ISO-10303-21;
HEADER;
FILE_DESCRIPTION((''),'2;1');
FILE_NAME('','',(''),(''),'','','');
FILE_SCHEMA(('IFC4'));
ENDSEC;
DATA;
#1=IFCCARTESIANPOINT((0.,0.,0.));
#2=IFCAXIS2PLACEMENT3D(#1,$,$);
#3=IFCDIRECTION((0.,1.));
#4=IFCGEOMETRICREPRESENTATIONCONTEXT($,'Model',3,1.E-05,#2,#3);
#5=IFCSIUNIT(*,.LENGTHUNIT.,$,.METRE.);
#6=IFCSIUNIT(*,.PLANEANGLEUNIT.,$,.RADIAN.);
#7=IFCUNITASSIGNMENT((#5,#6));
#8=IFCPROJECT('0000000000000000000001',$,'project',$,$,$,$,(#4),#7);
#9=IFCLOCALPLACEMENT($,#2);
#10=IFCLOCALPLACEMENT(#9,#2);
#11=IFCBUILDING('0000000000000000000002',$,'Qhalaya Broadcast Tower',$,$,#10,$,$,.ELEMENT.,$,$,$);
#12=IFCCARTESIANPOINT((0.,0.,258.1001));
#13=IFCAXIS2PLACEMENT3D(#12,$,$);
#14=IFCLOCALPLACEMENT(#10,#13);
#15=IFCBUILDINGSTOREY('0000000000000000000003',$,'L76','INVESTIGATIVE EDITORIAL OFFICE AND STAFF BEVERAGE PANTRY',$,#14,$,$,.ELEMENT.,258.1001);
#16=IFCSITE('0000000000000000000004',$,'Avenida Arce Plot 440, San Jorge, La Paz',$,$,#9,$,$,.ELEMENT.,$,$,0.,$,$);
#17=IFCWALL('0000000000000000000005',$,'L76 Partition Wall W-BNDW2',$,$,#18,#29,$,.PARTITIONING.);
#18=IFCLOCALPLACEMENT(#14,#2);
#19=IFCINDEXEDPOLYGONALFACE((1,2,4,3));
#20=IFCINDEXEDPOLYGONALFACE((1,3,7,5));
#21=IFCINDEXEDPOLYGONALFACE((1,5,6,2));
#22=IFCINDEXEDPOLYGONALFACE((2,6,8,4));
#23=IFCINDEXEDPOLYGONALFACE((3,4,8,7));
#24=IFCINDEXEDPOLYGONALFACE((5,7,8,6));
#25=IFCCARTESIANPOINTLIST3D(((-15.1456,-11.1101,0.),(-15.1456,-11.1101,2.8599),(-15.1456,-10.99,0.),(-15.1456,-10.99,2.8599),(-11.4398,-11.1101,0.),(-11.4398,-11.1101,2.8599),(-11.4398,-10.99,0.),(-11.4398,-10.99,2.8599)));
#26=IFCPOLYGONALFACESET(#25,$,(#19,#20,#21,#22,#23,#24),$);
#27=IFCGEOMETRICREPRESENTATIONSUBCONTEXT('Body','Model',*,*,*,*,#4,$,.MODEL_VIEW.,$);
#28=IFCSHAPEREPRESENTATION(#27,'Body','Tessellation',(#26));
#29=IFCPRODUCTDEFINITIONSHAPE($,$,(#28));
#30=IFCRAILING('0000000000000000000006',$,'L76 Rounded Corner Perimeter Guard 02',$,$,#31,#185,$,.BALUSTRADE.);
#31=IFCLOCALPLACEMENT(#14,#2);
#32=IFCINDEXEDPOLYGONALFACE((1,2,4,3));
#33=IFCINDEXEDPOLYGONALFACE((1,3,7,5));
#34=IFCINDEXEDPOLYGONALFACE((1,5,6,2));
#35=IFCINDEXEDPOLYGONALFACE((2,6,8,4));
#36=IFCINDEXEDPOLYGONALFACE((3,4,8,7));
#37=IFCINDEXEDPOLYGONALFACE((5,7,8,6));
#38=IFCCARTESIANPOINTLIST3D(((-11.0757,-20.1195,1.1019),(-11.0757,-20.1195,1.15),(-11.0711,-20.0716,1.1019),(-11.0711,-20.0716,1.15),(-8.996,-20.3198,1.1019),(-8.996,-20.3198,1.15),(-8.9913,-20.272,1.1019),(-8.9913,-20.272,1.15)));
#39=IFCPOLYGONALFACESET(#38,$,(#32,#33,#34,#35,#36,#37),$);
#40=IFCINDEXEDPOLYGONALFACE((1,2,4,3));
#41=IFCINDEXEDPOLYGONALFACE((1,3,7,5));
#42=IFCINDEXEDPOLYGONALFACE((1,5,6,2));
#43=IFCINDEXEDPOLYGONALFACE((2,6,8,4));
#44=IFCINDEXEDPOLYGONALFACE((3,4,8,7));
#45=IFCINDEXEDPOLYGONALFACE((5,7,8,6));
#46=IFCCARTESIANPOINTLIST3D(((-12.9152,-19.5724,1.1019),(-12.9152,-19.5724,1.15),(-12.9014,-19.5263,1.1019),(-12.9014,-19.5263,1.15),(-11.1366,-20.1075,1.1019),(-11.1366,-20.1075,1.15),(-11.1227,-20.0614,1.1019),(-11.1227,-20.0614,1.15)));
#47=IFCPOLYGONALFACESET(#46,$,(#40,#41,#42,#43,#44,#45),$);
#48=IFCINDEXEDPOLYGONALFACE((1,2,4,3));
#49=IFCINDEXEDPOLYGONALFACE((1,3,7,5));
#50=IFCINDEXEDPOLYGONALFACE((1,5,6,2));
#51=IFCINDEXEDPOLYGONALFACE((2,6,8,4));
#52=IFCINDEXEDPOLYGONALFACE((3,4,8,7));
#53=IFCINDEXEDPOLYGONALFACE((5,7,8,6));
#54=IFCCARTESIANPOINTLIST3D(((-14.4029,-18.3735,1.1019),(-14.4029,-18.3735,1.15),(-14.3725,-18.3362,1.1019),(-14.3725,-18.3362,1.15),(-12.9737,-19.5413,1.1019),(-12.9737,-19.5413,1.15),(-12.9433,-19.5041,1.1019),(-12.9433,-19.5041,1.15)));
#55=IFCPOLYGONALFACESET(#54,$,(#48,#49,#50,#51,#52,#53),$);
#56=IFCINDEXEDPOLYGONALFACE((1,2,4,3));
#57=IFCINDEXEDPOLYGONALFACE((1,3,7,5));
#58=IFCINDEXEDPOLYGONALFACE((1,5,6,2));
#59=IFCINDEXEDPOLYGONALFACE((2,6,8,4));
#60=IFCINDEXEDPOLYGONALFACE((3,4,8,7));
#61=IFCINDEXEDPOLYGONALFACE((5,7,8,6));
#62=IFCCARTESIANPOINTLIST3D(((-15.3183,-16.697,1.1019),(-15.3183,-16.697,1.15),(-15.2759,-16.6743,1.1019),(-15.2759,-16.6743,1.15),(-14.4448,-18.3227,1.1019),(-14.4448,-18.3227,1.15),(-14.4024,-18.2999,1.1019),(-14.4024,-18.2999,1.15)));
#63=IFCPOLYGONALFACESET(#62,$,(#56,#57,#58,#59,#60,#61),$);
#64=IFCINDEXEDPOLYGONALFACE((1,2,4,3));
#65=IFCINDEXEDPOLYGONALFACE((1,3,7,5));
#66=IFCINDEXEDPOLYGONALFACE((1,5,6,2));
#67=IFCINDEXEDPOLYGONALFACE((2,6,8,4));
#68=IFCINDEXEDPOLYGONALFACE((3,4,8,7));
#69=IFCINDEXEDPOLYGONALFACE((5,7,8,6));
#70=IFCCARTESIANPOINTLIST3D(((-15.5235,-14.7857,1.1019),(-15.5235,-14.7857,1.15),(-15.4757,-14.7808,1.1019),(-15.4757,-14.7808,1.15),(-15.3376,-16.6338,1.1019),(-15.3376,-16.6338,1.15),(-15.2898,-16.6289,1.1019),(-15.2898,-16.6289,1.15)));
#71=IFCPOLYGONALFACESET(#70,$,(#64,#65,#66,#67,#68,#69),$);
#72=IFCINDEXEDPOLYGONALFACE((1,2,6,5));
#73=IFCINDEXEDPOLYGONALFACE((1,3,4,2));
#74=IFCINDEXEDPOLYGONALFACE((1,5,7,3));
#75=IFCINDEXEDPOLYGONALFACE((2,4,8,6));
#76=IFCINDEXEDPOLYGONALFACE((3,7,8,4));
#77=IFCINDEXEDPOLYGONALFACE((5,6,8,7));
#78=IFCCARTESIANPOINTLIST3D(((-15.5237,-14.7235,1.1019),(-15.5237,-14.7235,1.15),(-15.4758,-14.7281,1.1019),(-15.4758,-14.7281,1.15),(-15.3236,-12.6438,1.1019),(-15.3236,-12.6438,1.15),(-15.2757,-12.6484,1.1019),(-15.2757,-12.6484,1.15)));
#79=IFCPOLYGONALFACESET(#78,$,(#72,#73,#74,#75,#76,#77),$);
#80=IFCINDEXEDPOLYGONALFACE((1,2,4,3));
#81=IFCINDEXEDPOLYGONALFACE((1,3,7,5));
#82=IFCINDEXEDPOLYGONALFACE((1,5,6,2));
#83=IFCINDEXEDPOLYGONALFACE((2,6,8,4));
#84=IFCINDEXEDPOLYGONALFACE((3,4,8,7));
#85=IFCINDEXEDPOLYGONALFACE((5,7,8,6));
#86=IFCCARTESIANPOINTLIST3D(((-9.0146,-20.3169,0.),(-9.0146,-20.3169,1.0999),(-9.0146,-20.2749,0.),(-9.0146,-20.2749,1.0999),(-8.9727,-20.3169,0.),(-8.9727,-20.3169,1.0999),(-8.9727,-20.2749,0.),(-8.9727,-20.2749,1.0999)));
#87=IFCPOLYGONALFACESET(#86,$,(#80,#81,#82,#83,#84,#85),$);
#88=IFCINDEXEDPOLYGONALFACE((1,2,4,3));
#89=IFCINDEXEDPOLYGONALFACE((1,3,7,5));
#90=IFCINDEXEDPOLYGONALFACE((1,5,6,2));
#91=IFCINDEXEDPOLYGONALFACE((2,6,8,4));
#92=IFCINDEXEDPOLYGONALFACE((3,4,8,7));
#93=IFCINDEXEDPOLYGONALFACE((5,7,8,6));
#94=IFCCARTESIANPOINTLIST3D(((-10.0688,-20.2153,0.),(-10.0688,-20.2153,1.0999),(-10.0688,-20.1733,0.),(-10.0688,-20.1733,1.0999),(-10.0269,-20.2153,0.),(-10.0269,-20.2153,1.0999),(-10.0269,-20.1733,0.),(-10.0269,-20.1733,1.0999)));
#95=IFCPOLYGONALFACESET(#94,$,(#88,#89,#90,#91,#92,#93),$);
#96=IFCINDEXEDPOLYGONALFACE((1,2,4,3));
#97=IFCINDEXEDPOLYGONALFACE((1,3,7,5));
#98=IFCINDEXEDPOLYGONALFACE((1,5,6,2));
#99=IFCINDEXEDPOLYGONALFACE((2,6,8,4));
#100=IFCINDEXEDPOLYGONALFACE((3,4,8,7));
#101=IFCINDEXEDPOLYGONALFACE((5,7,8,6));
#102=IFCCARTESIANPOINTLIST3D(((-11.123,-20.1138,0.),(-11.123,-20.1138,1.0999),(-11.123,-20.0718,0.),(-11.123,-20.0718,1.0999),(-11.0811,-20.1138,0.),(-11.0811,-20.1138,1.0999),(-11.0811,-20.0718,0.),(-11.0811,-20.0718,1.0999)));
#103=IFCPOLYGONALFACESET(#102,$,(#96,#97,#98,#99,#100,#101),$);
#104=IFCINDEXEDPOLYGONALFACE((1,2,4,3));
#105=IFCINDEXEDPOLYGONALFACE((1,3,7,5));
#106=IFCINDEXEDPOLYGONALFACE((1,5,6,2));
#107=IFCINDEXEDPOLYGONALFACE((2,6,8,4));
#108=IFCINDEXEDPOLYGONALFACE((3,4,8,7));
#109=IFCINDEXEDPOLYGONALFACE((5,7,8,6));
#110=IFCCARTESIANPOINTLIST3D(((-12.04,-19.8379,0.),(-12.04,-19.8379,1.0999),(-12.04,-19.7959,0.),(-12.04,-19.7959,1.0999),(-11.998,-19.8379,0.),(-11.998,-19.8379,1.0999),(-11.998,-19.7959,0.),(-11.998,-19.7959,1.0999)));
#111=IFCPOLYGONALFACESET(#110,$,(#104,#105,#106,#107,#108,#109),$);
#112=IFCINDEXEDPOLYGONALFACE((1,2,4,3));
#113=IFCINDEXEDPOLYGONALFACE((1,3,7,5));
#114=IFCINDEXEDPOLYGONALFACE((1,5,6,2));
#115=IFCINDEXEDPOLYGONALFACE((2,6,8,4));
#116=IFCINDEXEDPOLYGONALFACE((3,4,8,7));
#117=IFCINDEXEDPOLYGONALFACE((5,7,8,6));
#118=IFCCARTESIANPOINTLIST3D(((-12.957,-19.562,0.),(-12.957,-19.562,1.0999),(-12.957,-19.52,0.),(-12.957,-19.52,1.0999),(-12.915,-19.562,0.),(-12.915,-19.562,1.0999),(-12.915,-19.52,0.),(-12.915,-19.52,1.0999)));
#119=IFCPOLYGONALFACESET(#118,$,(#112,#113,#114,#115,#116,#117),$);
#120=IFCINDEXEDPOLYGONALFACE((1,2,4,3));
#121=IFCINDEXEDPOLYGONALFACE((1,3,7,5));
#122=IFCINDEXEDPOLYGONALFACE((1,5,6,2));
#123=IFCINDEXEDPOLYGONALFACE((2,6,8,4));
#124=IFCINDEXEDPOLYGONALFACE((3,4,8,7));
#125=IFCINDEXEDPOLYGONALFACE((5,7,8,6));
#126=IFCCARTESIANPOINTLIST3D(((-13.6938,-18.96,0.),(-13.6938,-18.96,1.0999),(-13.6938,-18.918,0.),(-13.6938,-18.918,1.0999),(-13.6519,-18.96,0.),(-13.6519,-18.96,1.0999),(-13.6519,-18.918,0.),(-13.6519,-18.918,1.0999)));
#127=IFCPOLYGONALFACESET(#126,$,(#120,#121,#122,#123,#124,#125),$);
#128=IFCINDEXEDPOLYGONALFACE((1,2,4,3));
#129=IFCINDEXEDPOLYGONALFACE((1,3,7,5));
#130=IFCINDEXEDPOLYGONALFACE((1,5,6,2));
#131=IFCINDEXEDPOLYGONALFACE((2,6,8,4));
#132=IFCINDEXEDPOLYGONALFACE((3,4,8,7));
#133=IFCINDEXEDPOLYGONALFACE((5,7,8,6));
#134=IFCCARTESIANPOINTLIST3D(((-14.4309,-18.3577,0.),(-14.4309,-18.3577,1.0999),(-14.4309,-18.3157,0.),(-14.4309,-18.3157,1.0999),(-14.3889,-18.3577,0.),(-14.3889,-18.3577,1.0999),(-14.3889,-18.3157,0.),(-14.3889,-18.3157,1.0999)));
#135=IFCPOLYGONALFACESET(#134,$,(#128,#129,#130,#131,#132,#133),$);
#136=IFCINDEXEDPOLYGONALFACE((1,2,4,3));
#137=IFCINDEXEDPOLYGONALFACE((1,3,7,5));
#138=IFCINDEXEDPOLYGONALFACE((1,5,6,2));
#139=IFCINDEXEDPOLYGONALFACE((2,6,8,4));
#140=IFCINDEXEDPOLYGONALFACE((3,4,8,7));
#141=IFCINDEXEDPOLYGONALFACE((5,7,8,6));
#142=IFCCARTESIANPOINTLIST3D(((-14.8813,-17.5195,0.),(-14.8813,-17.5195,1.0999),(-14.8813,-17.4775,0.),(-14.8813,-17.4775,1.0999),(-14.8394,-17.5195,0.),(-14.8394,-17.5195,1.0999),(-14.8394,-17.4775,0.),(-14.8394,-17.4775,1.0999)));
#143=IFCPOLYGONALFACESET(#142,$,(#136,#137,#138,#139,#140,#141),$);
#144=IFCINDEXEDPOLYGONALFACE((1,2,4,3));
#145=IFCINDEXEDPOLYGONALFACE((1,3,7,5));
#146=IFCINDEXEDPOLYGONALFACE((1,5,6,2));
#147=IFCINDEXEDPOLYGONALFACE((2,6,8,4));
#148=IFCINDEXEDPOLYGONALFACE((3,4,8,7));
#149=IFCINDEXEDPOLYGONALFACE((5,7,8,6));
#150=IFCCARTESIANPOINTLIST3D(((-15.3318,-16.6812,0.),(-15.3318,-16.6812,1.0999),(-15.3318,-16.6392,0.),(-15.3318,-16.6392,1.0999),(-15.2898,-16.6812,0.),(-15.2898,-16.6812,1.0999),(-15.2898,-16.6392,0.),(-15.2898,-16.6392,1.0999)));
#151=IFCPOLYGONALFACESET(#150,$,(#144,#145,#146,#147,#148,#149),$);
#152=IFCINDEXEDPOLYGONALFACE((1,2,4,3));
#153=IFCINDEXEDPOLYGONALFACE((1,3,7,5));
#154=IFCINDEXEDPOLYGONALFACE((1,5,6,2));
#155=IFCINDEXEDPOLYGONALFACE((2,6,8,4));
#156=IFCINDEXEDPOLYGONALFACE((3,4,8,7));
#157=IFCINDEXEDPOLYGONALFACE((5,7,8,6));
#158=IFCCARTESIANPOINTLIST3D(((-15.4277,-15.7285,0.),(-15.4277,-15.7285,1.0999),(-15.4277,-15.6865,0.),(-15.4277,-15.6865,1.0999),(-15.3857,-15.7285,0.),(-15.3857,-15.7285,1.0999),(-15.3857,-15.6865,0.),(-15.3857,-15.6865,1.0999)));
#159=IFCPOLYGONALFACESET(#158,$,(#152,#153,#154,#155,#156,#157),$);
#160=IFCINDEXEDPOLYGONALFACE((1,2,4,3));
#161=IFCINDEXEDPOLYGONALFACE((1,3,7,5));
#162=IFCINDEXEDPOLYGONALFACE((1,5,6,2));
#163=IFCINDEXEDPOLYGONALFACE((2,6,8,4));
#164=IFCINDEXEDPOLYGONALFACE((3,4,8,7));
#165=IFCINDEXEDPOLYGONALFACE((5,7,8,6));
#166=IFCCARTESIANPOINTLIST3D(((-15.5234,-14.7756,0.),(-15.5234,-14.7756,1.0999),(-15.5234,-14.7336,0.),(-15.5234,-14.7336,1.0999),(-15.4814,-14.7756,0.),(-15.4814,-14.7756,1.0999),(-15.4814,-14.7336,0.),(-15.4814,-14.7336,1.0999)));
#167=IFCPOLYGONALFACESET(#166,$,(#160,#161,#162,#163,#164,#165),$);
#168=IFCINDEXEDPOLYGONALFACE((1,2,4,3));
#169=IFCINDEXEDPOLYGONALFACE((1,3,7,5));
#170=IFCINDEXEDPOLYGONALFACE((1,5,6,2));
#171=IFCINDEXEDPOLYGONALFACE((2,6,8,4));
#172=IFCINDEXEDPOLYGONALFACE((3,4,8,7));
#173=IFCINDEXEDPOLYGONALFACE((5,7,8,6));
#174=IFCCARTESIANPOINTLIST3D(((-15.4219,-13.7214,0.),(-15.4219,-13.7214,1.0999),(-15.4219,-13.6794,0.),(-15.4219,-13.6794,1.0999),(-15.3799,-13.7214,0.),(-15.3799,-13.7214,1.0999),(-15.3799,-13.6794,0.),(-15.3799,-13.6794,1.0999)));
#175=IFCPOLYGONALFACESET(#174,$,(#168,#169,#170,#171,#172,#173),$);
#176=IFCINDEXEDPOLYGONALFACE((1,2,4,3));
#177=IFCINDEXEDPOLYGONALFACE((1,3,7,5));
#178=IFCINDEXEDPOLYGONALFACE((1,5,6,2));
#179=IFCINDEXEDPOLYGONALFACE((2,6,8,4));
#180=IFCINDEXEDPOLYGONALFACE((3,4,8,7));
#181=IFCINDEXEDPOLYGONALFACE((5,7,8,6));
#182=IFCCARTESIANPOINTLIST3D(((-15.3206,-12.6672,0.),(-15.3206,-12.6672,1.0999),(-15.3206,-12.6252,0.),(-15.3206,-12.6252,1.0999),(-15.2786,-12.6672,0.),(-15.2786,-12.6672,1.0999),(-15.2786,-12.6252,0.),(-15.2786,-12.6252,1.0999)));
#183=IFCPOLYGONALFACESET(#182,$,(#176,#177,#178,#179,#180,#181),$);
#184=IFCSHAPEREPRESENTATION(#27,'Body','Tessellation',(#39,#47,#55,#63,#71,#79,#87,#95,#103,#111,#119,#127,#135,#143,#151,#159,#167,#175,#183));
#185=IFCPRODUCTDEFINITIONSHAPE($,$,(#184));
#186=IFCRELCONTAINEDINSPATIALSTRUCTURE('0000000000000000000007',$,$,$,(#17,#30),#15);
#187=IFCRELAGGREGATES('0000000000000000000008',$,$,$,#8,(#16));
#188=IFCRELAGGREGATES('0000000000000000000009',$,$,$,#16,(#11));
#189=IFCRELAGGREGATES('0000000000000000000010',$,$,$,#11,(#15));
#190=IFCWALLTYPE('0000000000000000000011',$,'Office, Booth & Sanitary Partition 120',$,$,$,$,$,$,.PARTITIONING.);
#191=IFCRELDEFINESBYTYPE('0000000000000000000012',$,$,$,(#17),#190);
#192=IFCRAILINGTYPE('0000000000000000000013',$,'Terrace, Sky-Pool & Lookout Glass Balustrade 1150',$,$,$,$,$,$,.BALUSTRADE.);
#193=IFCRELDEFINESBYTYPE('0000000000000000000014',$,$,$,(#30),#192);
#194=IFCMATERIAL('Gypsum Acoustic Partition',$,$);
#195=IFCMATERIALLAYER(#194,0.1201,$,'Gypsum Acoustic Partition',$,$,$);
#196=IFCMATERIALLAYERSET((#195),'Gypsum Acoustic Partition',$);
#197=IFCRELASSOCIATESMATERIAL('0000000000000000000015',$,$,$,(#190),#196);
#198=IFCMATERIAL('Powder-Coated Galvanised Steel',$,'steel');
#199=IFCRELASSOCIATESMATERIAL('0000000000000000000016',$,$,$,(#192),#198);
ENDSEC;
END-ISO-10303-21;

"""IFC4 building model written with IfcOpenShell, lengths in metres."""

from ifc_helpers import new_model, si_unit, direction, frame, frame_2d, origin, origin_2d, place, context, subcontext, project, spatial, rectangle, extrude, material, layer, layer_set, type_object, element, save


model = new_model("IFC4")

# Units and contexts
model_context = context("Model", 3, precision=1e-05, world=origin(), true_north=direction((0.0, 1.0)))
body_context = subcontext(model_context, "Body", "Model", "MODEL_VIEW")
ifc_project = project(units=[si_unit("LENGTHUNIT", "METRE"), si_unit("PLANEANGLEUNIT", "RADIAN")], contexts=[model_context])

# Site, building, storey
site_placement = place(None, origin())
site = spatial("IfcSite", under=ifc_project, at=site_placement, Name="Avenida Arce Plot 440, San Jorge, La Paz", CompositionType="ELEMENT", RefElevation=0.0)
building_placement = place(site_placement, origin())
building = spatial("IfcBuilding", under=site, at=building_placement, Name="Qhalaya Broadcast Tower", CompositionType="ELEMENT")
storey_placement = place(building_placement, frame((0.0, 0.0, 258.1001)))
storey = spatial("IfcBuildingStorey", under=building, at=storey_placement, Name="L76", Description="INVESTIGATIVE EDITORIAL OFFICE AND STAFF BEVERAGE PANTRY", CompositionType="ELEMENT", Elevation=258.1001)

# Shared definitions
ifc_material_1 = material(Name="Gypsum Acoustic Partition")

# Wall
ifc_layer_1 = layer(ifc_material_1, 0.1201, Name="Gypsum Acoustic Partition")
ifc_layer_set_1 = layer_set([ifc_layer_1], Name="Gypsum Acoustic Partition")
wall_type_1 = type_object("IfcWallType", Name="Office, Booth & Sanitary Partition 120", PredefinedType="PARTITIONING", material=ifc_layer_set_1)
wall_1_placement = place(storey_placement, frame((-15.1458, -11.05, 0.0), z_axis=(0.0, 0.0, 1.0), x_axis=(1.0, 0.0, 0.0)))
element("IfcWall", 1, at=wall_1_placement, inside=storey, type_object=wall_type_1, Name="L76 Partition Wall W-BNDW2", PredefinedType="PARTITIONING", context=body_context, shape_type="SweptSolid", body=[
    extrude(rectangle(XDim=3.7058, YDim=0.1201, at=frame_2d((1.853, 0.0))), origin(), (0.0, 0.0, 1.0), 2.8599),
])

# Railing
ifc_material_2 = material(Name="Powder-Coated Galvanised Steel", Category="steel")
railing_type = type_object("IfcRailingType", Name="Terrace, Sky-Pool & Lookout Glass Balustrade 1150", PredefinedType="BALUSTRADE", material=ifc_material_2)
railing_placement = place(storey_placement, frame((-8.9937, -20.2959, 0.0)))
element("IfcRailing", 2, at=railing_placement, inside=storey, type_object=railing_type, Name="L76 Rounded Corner Perimeter Guard 02", PredefinedType="BALUSTRADE", context=body_context, shape_type="SweptSolid", body=[
    extrude(rectangle(XDim=0.0481, YDim=0.0481, at=origin_2d()), frame((0.0, 0.0, 1.126), z_axis=(-0.995391, 0.095897, 0.0), x_axis=(-0.095897, -0.995391, 0.0)), (0.0, 0.0, 1.0), 2.0894),
    extrude(rectangle(XDim=0.0481, YDim=0.0481, at=origin_2d()), frame((-2.136, 0.2114, 1.126), z_axis=(-0.957601, 0.288096, 0.0), x_axis=(-0.288096, -0.957601, 0.0)), (0.0, 0.0, 1.0), 1.8574),
    extrude(rectangle(XDim=0.0481, YDim=0.0481, at=origin_2d()), frame((-3.9648, 0.7732, 1.126), z_axis=(-0.774357, 0.632749, 0.0), x_axis=(-0.632749, -0.774357, 0.0)), (0.0, 0.0, 1.0), 1.8457),
    extrude(rectangle(XDim=0.0481, YDim=0.0481, at=origin_2d()), frame((-5.4299, 1.9846, 1.126), z_axis=(-0.473342, 0.880879, 0.0), x_axis=(-0.880879, -0.473342, 0.0)), (0.0, 0.0, 1.0), 1.8455),
    extrude(rectangle(XDim=0.0481, YDim=0.0481, at=origin_2d()), frame((-6.3201, 3.6646, 1.126), z_axis=(-0.100072, 0.99498, 0.0), x_axis=(-0.99498, -0.100072, 0.0)), (0.0, 0.0, 1.0), 1.8574),
    extrude(rectangle(XDim=0.0481, YDim=0.0481, at=origin_2d()), frame((-6.5061, 5.5701, 1.126), z_axis=(0.095783, 0.995402, 0.0), x_axis=(-0.995402, 0.095783, 0.0)), (0.0, 0.0, 1.0), 2.0894),
    extrude(rectangle(XDim=0.042, YDim=0.042, at=origin_2d()), origin(), (0.0, 0.0, 1.0), 1.0999),
    extrude(rectangle(XDim=0.042, YDim=0.042, at=origin_2d()), frame((-1.0542, 0.1016, 0.0)), (0.0, 0.0, 1.0), 1.0999),
    extrude(rectangle(XDim=0.042, YDim=0.042, at=origin_2d()), frame((-2.1084, 0.2031, 0.0)), (0.0, 0.0, 1.0), 1.0999),
    extrude(rectangle(XDim=0.042, YDim=0.042, at=origin_2d()), frame((-3.0254, 0.479, 0.0)), (0.0, 0.0, 1.0), 1.0999),
    extrude(rectangle(XDim=0.042, YDim=0.042, at=origin_2d()), frame((-3.9424, 0.7549, 0.0)), (0.0, 0.0, 1.0), 1.0999),
    extrude(rectangle(XDim=0.042, YDim=0.042, at=origin_2d()), frame((-4.6792, 1.3569, 0.0)), (0.0, 0.0, 1.0), 1.0999),
    extrude(rectangle(XDim=0.042, YDim=0.042, at=origin_2d()), frame((-5.4163, 1.9592, 0.0)), (0.0, 0.0, 1.0), 1.0999),
    extrude(rectangle(XDim=0.042, YDim=0.042, at=origin_2d()), frame((-5.8667, 2.7974, 0.0)), (0.0, 0.0, 1.0), 1.0999),
    extrude(rectangle(XDim=0.042, YDim=0.042, at=origin_2d()), frame((-6.3171, 3.6357, 0.0)), (0.0, 0.0, 1.0), 1.0999),
    extrude(rectangle(XDim=0.042, YDim=0.042, at=origin_2d()), frame((-6.4131, 4.5884, 0.0)), (0.0, 0.0, 1.0), 1.0999),
    extrude(rectangle(XDim=0.042, YDim=0.042, at=origin_2d()), frame((-6.5088, 5.5413, 0.0)), (0.0, 0.0, 1.0), 1.0999),
    extrude(rectangle(XDim=0.042, YDim=0.042, at=origin_2d()), frame((-6.4072, 6.5955, 0.0)), (0.0, 0.0, 1.0), 1.0999),
    extrude(rectangle(XDim=0.042, YDim=0.042, at=origin_2d()), frame((-6.3059, 7.6497, 0.0)), (0.0, 0.0, 1.0), 1.0999),
])

save(model, "model.ifc")
